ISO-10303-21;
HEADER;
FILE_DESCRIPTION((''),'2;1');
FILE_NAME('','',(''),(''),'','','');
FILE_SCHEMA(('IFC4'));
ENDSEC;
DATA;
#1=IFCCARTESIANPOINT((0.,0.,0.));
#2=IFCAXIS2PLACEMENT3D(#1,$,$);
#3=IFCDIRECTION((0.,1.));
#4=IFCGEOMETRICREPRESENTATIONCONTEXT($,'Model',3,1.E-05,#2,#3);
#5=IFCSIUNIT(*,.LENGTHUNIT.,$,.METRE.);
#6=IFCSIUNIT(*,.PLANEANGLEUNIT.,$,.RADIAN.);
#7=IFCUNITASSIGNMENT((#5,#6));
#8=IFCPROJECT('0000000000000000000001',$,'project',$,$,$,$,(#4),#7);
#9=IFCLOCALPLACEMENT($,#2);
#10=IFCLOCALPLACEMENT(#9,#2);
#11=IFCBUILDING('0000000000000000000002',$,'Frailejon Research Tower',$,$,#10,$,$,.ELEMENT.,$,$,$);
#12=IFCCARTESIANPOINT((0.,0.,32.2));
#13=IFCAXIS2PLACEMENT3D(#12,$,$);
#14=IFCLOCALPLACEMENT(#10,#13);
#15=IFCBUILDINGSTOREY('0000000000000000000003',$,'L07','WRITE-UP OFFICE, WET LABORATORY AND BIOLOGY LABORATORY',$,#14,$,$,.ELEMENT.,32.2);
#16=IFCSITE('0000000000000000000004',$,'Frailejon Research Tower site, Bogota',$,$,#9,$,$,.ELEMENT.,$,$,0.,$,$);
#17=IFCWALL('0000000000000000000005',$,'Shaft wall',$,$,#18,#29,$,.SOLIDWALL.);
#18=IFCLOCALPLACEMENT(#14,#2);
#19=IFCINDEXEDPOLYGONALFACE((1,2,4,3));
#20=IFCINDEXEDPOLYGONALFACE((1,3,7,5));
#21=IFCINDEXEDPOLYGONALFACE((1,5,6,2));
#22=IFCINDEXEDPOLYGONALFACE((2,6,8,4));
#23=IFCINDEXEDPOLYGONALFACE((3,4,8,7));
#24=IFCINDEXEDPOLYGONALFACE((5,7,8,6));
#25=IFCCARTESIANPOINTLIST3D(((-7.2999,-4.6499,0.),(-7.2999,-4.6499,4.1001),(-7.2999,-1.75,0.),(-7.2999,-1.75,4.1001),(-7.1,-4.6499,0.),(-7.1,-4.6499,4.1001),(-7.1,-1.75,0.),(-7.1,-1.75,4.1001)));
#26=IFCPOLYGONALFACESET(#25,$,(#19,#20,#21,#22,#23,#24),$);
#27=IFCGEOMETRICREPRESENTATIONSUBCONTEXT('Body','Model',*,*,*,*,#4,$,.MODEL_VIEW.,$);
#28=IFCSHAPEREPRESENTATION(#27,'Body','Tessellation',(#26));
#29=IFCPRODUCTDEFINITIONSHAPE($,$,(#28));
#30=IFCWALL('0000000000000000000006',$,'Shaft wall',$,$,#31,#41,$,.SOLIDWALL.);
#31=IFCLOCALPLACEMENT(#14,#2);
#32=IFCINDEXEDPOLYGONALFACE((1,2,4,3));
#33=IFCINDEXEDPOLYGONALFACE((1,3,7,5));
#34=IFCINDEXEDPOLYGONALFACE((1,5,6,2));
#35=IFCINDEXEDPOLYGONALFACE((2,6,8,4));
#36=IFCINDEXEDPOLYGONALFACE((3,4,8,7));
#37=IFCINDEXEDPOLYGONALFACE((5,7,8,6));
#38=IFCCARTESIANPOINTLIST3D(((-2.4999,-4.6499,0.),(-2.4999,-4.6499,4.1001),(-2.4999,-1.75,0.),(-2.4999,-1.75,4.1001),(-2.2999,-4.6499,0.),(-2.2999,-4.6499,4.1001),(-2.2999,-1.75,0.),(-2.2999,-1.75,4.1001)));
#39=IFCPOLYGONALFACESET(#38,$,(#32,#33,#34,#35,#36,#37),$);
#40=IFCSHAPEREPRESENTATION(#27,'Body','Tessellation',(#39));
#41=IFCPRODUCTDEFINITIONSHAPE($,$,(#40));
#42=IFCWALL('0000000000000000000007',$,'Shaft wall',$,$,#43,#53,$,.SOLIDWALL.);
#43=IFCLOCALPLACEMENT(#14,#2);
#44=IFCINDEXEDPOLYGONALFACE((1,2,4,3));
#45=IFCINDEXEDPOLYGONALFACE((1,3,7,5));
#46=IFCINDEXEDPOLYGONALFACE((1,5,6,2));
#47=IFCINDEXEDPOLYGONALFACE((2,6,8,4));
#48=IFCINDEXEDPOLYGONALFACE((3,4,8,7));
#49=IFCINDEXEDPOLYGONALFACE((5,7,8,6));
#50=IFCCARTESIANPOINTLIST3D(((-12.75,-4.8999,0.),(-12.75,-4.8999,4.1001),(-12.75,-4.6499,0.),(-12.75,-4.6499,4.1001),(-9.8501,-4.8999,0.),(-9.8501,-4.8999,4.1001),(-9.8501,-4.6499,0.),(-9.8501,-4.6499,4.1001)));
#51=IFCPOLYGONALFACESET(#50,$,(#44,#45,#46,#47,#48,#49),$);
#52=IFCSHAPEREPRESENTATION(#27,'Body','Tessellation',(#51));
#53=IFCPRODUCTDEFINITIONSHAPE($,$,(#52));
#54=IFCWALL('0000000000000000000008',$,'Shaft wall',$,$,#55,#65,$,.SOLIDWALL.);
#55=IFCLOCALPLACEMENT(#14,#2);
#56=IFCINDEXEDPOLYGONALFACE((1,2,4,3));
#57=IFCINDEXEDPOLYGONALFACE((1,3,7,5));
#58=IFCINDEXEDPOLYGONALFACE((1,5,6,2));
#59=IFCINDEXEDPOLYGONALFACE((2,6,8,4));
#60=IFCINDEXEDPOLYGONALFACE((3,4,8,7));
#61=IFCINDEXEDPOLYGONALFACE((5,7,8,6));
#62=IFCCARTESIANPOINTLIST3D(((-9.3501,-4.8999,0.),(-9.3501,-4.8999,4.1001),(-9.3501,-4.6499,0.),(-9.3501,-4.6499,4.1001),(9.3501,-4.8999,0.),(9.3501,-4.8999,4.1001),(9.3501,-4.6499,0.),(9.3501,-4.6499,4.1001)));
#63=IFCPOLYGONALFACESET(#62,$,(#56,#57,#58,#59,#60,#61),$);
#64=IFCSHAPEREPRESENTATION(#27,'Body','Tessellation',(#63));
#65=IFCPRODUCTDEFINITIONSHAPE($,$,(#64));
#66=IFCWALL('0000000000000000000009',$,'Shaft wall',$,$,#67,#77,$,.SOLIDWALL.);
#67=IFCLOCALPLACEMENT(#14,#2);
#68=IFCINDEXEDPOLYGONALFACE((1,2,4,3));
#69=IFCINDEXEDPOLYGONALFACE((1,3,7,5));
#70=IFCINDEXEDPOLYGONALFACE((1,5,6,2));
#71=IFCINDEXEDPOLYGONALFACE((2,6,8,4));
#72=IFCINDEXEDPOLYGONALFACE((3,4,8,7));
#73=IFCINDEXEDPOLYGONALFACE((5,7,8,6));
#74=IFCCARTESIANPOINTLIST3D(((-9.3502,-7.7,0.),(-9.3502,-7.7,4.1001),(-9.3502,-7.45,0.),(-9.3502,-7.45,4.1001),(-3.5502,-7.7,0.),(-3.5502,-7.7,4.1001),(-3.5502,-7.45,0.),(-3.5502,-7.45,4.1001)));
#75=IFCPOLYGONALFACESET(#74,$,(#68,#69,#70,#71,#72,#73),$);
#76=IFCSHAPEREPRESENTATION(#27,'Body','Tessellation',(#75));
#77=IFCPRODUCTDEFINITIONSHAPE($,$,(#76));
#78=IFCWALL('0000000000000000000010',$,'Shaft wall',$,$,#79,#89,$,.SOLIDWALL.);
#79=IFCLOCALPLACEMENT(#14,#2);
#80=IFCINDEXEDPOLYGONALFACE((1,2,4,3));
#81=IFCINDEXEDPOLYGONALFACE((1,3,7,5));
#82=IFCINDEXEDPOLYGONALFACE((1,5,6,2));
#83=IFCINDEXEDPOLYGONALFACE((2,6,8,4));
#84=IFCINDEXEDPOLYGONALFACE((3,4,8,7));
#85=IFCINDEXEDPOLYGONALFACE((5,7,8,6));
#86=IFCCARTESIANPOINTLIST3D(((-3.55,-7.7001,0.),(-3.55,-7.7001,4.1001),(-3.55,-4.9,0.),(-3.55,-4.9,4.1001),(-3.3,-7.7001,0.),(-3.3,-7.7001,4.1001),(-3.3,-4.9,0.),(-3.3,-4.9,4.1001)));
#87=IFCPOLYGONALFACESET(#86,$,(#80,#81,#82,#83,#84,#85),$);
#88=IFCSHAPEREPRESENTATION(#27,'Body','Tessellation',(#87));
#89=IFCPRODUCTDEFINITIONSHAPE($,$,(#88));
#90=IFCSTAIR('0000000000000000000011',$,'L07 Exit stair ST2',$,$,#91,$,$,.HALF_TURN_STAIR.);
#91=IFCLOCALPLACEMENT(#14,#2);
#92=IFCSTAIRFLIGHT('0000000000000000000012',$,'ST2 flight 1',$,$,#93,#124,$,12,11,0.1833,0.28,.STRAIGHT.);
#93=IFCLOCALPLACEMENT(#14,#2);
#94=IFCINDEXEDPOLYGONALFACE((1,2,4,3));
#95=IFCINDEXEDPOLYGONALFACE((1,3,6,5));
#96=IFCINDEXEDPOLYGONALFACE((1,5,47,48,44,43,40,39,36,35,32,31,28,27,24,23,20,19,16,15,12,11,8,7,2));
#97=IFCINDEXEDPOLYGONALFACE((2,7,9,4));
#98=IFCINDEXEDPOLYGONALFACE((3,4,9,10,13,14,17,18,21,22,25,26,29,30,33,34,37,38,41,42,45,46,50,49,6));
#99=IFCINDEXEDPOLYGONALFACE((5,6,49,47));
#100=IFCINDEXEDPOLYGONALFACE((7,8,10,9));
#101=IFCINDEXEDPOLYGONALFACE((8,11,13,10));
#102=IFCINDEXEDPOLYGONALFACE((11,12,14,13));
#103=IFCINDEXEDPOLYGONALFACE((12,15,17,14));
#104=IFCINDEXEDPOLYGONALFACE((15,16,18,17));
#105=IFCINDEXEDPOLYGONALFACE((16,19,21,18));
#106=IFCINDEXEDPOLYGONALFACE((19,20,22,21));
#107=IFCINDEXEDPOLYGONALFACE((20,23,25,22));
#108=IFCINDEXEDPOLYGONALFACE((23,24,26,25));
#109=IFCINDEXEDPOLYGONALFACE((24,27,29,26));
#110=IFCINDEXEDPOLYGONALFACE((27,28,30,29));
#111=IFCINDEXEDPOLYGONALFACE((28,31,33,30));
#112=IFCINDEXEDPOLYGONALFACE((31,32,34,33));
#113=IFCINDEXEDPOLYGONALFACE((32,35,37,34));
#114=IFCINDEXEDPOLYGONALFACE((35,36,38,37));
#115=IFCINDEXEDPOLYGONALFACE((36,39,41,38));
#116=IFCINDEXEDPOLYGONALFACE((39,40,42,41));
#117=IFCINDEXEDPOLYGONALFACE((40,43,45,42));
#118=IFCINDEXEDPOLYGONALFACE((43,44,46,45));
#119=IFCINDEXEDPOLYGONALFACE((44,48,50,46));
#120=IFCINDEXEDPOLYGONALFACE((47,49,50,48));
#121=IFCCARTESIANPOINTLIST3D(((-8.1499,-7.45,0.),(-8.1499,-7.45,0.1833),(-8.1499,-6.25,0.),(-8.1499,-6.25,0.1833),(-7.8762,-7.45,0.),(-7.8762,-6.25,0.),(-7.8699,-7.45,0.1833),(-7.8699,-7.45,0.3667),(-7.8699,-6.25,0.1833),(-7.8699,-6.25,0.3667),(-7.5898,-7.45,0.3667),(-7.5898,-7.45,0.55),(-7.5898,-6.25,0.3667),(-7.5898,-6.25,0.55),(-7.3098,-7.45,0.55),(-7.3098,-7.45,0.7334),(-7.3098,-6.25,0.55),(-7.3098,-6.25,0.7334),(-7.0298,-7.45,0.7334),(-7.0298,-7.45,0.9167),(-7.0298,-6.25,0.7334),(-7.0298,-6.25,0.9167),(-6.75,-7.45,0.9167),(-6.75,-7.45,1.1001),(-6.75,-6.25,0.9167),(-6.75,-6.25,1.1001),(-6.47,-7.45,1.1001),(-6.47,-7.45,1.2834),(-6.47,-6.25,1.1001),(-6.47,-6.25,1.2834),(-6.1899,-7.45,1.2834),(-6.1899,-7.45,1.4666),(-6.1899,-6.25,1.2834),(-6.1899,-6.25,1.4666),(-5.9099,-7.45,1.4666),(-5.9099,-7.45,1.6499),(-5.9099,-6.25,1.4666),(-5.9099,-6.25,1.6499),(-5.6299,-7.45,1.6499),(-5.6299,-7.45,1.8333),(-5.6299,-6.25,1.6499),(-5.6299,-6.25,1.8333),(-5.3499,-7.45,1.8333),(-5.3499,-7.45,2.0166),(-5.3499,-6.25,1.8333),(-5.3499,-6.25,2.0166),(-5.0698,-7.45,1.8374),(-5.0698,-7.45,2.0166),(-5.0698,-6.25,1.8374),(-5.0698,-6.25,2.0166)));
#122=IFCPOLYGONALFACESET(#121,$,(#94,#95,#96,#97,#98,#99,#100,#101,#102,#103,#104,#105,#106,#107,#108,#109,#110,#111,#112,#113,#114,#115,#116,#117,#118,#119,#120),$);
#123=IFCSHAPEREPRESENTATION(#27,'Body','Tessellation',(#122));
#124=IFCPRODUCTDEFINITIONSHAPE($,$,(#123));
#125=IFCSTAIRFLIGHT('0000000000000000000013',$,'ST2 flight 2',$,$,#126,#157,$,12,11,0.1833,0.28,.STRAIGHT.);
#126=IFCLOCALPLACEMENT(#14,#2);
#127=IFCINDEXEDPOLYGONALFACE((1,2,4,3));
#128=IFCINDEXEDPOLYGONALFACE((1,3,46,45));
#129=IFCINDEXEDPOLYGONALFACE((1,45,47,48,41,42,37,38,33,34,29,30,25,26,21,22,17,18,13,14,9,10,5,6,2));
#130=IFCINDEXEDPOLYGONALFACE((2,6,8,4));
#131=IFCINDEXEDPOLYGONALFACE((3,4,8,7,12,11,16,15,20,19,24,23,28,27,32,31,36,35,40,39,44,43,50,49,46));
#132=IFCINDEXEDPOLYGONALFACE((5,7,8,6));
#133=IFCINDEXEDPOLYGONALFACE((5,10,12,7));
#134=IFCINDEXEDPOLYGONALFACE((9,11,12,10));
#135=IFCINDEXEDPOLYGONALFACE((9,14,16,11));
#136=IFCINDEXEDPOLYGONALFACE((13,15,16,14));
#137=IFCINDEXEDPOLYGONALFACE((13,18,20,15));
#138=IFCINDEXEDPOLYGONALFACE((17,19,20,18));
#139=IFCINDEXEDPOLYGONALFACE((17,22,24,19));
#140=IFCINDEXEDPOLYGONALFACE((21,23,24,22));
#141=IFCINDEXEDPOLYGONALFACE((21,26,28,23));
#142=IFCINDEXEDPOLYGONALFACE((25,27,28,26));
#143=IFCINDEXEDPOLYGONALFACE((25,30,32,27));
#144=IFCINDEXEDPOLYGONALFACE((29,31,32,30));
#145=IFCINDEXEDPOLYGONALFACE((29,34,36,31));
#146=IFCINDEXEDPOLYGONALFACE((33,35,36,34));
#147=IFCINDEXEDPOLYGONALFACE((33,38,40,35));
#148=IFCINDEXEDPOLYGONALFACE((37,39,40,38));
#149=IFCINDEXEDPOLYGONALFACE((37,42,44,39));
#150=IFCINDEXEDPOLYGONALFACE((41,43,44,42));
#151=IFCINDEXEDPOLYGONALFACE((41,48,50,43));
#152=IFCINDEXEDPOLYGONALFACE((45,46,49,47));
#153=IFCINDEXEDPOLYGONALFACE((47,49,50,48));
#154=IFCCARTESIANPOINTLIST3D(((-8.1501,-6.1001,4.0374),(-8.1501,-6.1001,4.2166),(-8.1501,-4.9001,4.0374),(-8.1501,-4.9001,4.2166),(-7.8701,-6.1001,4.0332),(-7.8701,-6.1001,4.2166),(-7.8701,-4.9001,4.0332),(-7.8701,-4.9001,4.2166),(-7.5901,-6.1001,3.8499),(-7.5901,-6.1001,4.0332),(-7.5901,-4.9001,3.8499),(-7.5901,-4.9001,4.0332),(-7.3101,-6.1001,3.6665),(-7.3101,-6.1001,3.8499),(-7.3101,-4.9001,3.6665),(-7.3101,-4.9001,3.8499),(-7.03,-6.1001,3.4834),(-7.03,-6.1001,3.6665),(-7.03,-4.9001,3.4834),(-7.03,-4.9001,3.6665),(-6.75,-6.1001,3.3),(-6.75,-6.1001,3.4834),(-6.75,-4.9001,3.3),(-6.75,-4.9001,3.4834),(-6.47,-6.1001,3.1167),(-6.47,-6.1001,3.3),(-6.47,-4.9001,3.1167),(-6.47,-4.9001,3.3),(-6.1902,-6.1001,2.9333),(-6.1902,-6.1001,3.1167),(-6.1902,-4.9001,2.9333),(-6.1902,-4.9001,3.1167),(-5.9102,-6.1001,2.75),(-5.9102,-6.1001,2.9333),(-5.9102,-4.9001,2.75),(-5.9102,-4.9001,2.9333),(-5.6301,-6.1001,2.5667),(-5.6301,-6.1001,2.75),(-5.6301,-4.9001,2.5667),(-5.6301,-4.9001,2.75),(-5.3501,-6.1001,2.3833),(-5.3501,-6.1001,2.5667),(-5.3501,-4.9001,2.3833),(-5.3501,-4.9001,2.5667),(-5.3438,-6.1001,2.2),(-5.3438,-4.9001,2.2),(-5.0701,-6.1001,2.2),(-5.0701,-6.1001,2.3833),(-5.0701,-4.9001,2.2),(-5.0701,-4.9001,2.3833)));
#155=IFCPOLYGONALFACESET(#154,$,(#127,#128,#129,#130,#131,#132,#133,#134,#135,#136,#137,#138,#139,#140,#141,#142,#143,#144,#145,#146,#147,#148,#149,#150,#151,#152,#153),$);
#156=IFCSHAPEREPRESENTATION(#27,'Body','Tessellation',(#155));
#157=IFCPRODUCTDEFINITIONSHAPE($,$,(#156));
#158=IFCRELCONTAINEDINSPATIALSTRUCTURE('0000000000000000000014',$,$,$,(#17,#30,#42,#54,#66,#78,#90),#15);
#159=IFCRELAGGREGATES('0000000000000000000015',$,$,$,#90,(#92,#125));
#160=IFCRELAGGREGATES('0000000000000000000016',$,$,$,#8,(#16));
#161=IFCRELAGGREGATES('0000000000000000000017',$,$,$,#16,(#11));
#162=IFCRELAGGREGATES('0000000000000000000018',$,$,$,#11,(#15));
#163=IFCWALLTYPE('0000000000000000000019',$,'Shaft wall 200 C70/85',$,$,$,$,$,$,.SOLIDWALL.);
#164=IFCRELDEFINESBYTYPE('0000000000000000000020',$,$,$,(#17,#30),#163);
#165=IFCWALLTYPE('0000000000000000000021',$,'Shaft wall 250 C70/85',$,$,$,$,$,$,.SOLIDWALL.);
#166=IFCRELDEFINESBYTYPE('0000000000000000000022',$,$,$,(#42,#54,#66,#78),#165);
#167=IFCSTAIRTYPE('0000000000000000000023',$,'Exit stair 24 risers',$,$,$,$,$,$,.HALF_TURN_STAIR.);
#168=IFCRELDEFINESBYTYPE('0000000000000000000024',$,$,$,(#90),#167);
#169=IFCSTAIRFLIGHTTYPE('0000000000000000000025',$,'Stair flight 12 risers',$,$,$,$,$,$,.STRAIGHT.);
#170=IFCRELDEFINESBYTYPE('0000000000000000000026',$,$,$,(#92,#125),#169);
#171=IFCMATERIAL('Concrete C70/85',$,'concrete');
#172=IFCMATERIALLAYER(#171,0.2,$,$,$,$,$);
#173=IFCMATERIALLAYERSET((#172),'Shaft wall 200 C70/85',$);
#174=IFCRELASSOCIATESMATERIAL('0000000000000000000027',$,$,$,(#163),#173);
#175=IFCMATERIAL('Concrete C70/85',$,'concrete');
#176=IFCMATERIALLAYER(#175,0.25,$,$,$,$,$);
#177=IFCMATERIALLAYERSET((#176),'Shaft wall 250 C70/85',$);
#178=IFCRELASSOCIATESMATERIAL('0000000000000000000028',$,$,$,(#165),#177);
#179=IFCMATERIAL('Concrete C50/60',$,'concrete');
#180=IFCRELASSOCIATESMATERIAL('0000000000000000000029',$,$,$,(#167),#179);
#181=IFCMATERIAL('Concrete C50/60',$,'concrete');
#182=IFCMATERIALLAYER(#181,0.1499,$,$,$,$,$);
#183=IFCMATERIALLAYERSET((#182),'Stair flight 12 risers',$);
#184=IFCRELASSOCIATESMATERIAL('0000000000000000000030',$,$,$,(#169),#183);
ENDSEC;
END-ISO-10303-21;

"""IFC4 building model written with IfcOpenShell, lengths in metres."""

from ifc_helpers import new_model, si_unit, direction, frame, frame_2d, origin, place, context, subcontext, project, spatial, polyline, rectangle, outline, extrude, material, layer, layer_set, type_object, element, aggregate, save


model = new_model("IFC4")

# Units and contexts
model_context = context("Model", 3, precision=1e-05, world=origin(), true_north=direction((0.0, 1.0)))
body_context = subcontext(model_context, "Body", "Model", "MODEL_VIEW")
ifc_project = project(units=[si_unit("LENGTHUNIT", "METRE"), si_unit("PLANEANGLEUNIT", "RADIAN")], contexts=[model_context])

# Site, building, storey
site_placement = place(None, origin())
site = spatial("IfcSite", under=ifc_project, at=site_placement, Name="Frailejon Research Tower site, Bogota", CompositionType="ELEMENT", RefElevation=0.0)
building_placement = place(site_placement, origin())
building = spatial("IfcBuilding", under=site, at=building_placement, Name="Frailejon Research Tower", CompositionType="ELEMENT")
storey_placement = place(building_placement, frame((0.0, 0.0, 32.2)))
storey = spatial("IfcBuildingStorey", under=building, at=storey_placement, Name="L07", Description="WRITE-UP OFFICE, WET LABORATORY AND BIOLOGY LABORATORY", CompositionType="ELEMENT", Elevation=32.2)

# Walls
ifc_material_1 = material(Name="Concrete C70/85", Category="concrete")
ifc_layer_1 = layer(ifc_material_1, 0.2)
ifc_layer_set_1 = layer_set([ifc_layer_1], Name="Shaft wall 200 C70/85")
wall_type_1 = type_object("IfcWallType", Name="Shaft wall 200 C70/85", PredefinedType="SOLIDWALL", material=ifc_layer_set_1)
for number, where, z_axis, x_axis, name in (
    (1, (-7.2, -4.6499, 0.0), (0.0, 0.0, 1.0), (0.0, 1.0, 0.0), "Shaft wall"),
    (2, (-2.3999, -4.6499, 0.0), (0.0, 0.0, 1.0), (0.0, 1.0, 0.0), "Shaft wall"),
):
    element("IfcWall", number, at=place(storey_placement, frame(where, z_axis=z_axis, x_axis=x_axis)), inside=storey, type_object=wall_type_1, Name=name, PredefinedType="SOLIDWALL", context=body_context, shape_type="SweptSolid", body=[
        extrude(rectangle(XDim=2.8999, YDim=0.2, at=frame_2d((1.45, 0.0))), origin(), (0.0, 0.0, 1.0), 4.1001),
    ])
ifc_material_2 = material(Name="Concrete C70/85", Category="concrete")
ifc_layer_2 = layer(ifc_material_2, 0.25)
ifc_layer_set_2 = layer_set([ifc_layer_2], Name="Shaft wall 250 C70/85")
wall_type_2 = type_object("IfcWallType", Name="Shaft wall 250 C70/85", PredefinedType="SOLIDWALL", material=ifc_layer_set_2)
wall_1_placement = place(storey_placement, frame((-12.75, -4.7749, 0.0), z_axis=(0.0, 0.0, 1.0), x_axis=(1.0, 0.0, 0.0)))
element("IfcWall", 3, at=wall_1_placement, inside=storey, type_object=wall_type_2, Name="Shaft wall", PredefinedType="SOLIDWALL", context=body_context, shape_type="SweptSolid", body=[
    extrude(rectangle(XDim=2.8999, YDim=0.25, at=frame_2d((1.45, 0.0))), origin(), (0.0, 0.0, 1.0), 4.1001),
])
wall_2_placement = place(storey_placement, frame((-9.3501, -4.7749, 0.0), z_axis=(0.0, 0.0, 1.0), x_axis=(1.0, 0.0, 0.0)))
element("IfcWall", 4, at=wall_2_placement, inside=storey, type_object=wall_type_2, Name="Shaft wall", PredefinedType="SOLIDWALL", context=body_context, shape_type="SweptSolid", body=[
    extrude(rectangle(XDim=18.7002, YDim=0.25, at=frame_2d((9.3501, 0.0))), origin(), (0.0, 0.0, 1.0), 4.1001),
])
wall_3_placement = place(storey_placement, frame((-9.3501, -7.575, 0.0), z_axis=(0.0, 0.0, 1.0), x_axis=(1.0, 0.0, 0.0)))
element("IfcWall", 5, at=wall_3_placement, inside=storey, type_object=wall_type_2, Name="Shaft wall", PredefinedType="SOLIDWALL", context=body_context, shape_type="SweptSolid", body=[
    extrude(rectangle(XDim=5.8, YDim=0.25, at=frame_2d((2.8999, 0.0))), origin(), (0.0, 0.0, 1.0), 4.1001),
])
wall_4_placement = place(storey_placement, frame((-3.425, -7.7, 0.0), z_axis=(0.0, 0.0, 1.0), x_axis=(0.0, 1.0, 0.0)))
element("IfcWall", 6, at=wall_4_placement, inside=storey, type_object=wall_type_2, Name="Shaft wall", PredefinedType="SOLIDWALL", context=body_context, shape_type="SweptSolid", body=[
    extrude(rectangle(XDim=2.8, YDim=0.25, at=frame_2d((1.3999, 0.0))), origin(), (0.0, 0.0, 1.0), 4.1001),
])

# Stair, stair flights
ifc_material_3 = material(Name="Concrete C50/60", Category="concrete")
stair_type = type_object("IfcStairType", Name="Exit stair 24 risers", PredefinedType="HALF_TURN_STAIR", material=ifc_material_3)
stair_placement = place(storey_placement, origin())
stair = element("IfcStair", 7, at=stair_placement, inside=storey, type_object=stair_type, Name="L07 Exit stair ST2", PredefinedType="HALF_TURN_STAIR")
ifc_material_4 = material(Name="Concrete C50/60", Category="concrete")
ifc_layer_3 = layer(ifc_material_4, 0.1499)
ifc_layer_set_3 = layer_set([ifc_layer_3], Name="Stair flight 12 risers")
stair_flight_type = type_object("IfcStairFlightType", Name="Stair flight 12 risers", PredefinedType="STRAIGHT", material=ifc_layer_set_3)
stair_flight_1_placement = place(storey_placement, frame((-8.1499, -6.8501, 0.0), z_axis=(0.0, 0.0, 1.0), x_axis=(1.0, 0.0, 0.0)))
stair_flight_1 = element("IfcStairFlight", 8, at=stair_flight_1_placement, type_object=stair_flight_type, Name="ST2 flight 1", NumberOfRisers=12, NumberOfTreads=11, PredefinedType="STRAIGHT", RiserHeight=0.1833, TreadLength=0.28, context=body_context, shape_type="SweptSolid", body=[
    extrude(outline(polyline([(0.0, 0.0), (0.0, 0.1833), (0.28, 0.1833), (0.28, 0.3667), (0.5601, 0.3667), (0.5601, 0.55), (0.8401, 0.55), (0.8401, 0.7334), (1.1201, 0.7334), (1.1201, 0.9167), (1.3999, 0.9167), (1.3999, 1.1001), (1.6799, 1.1001), (1.6799, 1.2834), (1.96, 1.2834), (1.96, 1.4666), (2.24, 1.4666), (2.24, 1.6499), (2.52, 1.6499), (2.52, 1.8333), (2.8, 1.8333), (2.8, 2.0166), (3.0801, 2.0166), (3.0801, 2.2), (3.0801, 1.8374), (0.2737, 0.0), (0.0, 0.0)])), frame((0.0, 0.6001, 0.0), z_axis=(0.0, -1.0, 0.0), x_axis=(1.0, 0.0, 0.0)), (0.0, 0.0, 1.0), 1.2),
])
stair_flight_2_placement = place(storey_placement, frame((-5.0701, -5.5, 2.2), z_axis=(0.0, 0.0, 1.0), x_axis=(-1.0, 0.0, 0.0)))
stair_flight_2 = element("IfcStairFlight", 9, at=stair_flight_2_placement, type_object=stair_flight_type, Name="ST2 flight 2", NumberOfRisers=12, NumberOfTreads=11, PredefinedType="STRAIGHT", RiserHeight=0.1833, TreadLength=0.28, context=body_context, shape_type="SweptSolid", body=[
    extrude(outline(polyline([(0.0, 0.0), (0.0, 0.1833), (0.28, 0.1833), (0.28, 0.3667), (0.5601, 0.3667), (0.5601, 0.55), (0.8401, 0.55), (0.8401, 0.7334), (1.1201, 0.7334), (1.1201, 0.9167), (1.3999, 0.9167), (1.3999, 1.1001), (1.6799, 1.1001), (1.6799, 1.2834), (1.96, 1.2834), (1.96, 1.4666), (2.24, 1.4666), (2.24, 1.6499), (2.52, 1.6499), (2.52, 1.8333), (2.8, 1.8333), (2.8, 2.0166), (3.0801, 2.0166), (3.0801, 2.2), (3.0801, 1.8374), (0.2737, 0.0), (0.0, 0.0)])), frame((0.0, 0.6001, 0.0), z_axis=(0.0, -1.0, 0.0), x_axis=(1.0, 0.0, 0.0)), (0.0, 0.0, 1.0), 1.2),
])
aggregate(stair, [stair_flight_1, stair_flight_2])

save(model, "model.ifc")
